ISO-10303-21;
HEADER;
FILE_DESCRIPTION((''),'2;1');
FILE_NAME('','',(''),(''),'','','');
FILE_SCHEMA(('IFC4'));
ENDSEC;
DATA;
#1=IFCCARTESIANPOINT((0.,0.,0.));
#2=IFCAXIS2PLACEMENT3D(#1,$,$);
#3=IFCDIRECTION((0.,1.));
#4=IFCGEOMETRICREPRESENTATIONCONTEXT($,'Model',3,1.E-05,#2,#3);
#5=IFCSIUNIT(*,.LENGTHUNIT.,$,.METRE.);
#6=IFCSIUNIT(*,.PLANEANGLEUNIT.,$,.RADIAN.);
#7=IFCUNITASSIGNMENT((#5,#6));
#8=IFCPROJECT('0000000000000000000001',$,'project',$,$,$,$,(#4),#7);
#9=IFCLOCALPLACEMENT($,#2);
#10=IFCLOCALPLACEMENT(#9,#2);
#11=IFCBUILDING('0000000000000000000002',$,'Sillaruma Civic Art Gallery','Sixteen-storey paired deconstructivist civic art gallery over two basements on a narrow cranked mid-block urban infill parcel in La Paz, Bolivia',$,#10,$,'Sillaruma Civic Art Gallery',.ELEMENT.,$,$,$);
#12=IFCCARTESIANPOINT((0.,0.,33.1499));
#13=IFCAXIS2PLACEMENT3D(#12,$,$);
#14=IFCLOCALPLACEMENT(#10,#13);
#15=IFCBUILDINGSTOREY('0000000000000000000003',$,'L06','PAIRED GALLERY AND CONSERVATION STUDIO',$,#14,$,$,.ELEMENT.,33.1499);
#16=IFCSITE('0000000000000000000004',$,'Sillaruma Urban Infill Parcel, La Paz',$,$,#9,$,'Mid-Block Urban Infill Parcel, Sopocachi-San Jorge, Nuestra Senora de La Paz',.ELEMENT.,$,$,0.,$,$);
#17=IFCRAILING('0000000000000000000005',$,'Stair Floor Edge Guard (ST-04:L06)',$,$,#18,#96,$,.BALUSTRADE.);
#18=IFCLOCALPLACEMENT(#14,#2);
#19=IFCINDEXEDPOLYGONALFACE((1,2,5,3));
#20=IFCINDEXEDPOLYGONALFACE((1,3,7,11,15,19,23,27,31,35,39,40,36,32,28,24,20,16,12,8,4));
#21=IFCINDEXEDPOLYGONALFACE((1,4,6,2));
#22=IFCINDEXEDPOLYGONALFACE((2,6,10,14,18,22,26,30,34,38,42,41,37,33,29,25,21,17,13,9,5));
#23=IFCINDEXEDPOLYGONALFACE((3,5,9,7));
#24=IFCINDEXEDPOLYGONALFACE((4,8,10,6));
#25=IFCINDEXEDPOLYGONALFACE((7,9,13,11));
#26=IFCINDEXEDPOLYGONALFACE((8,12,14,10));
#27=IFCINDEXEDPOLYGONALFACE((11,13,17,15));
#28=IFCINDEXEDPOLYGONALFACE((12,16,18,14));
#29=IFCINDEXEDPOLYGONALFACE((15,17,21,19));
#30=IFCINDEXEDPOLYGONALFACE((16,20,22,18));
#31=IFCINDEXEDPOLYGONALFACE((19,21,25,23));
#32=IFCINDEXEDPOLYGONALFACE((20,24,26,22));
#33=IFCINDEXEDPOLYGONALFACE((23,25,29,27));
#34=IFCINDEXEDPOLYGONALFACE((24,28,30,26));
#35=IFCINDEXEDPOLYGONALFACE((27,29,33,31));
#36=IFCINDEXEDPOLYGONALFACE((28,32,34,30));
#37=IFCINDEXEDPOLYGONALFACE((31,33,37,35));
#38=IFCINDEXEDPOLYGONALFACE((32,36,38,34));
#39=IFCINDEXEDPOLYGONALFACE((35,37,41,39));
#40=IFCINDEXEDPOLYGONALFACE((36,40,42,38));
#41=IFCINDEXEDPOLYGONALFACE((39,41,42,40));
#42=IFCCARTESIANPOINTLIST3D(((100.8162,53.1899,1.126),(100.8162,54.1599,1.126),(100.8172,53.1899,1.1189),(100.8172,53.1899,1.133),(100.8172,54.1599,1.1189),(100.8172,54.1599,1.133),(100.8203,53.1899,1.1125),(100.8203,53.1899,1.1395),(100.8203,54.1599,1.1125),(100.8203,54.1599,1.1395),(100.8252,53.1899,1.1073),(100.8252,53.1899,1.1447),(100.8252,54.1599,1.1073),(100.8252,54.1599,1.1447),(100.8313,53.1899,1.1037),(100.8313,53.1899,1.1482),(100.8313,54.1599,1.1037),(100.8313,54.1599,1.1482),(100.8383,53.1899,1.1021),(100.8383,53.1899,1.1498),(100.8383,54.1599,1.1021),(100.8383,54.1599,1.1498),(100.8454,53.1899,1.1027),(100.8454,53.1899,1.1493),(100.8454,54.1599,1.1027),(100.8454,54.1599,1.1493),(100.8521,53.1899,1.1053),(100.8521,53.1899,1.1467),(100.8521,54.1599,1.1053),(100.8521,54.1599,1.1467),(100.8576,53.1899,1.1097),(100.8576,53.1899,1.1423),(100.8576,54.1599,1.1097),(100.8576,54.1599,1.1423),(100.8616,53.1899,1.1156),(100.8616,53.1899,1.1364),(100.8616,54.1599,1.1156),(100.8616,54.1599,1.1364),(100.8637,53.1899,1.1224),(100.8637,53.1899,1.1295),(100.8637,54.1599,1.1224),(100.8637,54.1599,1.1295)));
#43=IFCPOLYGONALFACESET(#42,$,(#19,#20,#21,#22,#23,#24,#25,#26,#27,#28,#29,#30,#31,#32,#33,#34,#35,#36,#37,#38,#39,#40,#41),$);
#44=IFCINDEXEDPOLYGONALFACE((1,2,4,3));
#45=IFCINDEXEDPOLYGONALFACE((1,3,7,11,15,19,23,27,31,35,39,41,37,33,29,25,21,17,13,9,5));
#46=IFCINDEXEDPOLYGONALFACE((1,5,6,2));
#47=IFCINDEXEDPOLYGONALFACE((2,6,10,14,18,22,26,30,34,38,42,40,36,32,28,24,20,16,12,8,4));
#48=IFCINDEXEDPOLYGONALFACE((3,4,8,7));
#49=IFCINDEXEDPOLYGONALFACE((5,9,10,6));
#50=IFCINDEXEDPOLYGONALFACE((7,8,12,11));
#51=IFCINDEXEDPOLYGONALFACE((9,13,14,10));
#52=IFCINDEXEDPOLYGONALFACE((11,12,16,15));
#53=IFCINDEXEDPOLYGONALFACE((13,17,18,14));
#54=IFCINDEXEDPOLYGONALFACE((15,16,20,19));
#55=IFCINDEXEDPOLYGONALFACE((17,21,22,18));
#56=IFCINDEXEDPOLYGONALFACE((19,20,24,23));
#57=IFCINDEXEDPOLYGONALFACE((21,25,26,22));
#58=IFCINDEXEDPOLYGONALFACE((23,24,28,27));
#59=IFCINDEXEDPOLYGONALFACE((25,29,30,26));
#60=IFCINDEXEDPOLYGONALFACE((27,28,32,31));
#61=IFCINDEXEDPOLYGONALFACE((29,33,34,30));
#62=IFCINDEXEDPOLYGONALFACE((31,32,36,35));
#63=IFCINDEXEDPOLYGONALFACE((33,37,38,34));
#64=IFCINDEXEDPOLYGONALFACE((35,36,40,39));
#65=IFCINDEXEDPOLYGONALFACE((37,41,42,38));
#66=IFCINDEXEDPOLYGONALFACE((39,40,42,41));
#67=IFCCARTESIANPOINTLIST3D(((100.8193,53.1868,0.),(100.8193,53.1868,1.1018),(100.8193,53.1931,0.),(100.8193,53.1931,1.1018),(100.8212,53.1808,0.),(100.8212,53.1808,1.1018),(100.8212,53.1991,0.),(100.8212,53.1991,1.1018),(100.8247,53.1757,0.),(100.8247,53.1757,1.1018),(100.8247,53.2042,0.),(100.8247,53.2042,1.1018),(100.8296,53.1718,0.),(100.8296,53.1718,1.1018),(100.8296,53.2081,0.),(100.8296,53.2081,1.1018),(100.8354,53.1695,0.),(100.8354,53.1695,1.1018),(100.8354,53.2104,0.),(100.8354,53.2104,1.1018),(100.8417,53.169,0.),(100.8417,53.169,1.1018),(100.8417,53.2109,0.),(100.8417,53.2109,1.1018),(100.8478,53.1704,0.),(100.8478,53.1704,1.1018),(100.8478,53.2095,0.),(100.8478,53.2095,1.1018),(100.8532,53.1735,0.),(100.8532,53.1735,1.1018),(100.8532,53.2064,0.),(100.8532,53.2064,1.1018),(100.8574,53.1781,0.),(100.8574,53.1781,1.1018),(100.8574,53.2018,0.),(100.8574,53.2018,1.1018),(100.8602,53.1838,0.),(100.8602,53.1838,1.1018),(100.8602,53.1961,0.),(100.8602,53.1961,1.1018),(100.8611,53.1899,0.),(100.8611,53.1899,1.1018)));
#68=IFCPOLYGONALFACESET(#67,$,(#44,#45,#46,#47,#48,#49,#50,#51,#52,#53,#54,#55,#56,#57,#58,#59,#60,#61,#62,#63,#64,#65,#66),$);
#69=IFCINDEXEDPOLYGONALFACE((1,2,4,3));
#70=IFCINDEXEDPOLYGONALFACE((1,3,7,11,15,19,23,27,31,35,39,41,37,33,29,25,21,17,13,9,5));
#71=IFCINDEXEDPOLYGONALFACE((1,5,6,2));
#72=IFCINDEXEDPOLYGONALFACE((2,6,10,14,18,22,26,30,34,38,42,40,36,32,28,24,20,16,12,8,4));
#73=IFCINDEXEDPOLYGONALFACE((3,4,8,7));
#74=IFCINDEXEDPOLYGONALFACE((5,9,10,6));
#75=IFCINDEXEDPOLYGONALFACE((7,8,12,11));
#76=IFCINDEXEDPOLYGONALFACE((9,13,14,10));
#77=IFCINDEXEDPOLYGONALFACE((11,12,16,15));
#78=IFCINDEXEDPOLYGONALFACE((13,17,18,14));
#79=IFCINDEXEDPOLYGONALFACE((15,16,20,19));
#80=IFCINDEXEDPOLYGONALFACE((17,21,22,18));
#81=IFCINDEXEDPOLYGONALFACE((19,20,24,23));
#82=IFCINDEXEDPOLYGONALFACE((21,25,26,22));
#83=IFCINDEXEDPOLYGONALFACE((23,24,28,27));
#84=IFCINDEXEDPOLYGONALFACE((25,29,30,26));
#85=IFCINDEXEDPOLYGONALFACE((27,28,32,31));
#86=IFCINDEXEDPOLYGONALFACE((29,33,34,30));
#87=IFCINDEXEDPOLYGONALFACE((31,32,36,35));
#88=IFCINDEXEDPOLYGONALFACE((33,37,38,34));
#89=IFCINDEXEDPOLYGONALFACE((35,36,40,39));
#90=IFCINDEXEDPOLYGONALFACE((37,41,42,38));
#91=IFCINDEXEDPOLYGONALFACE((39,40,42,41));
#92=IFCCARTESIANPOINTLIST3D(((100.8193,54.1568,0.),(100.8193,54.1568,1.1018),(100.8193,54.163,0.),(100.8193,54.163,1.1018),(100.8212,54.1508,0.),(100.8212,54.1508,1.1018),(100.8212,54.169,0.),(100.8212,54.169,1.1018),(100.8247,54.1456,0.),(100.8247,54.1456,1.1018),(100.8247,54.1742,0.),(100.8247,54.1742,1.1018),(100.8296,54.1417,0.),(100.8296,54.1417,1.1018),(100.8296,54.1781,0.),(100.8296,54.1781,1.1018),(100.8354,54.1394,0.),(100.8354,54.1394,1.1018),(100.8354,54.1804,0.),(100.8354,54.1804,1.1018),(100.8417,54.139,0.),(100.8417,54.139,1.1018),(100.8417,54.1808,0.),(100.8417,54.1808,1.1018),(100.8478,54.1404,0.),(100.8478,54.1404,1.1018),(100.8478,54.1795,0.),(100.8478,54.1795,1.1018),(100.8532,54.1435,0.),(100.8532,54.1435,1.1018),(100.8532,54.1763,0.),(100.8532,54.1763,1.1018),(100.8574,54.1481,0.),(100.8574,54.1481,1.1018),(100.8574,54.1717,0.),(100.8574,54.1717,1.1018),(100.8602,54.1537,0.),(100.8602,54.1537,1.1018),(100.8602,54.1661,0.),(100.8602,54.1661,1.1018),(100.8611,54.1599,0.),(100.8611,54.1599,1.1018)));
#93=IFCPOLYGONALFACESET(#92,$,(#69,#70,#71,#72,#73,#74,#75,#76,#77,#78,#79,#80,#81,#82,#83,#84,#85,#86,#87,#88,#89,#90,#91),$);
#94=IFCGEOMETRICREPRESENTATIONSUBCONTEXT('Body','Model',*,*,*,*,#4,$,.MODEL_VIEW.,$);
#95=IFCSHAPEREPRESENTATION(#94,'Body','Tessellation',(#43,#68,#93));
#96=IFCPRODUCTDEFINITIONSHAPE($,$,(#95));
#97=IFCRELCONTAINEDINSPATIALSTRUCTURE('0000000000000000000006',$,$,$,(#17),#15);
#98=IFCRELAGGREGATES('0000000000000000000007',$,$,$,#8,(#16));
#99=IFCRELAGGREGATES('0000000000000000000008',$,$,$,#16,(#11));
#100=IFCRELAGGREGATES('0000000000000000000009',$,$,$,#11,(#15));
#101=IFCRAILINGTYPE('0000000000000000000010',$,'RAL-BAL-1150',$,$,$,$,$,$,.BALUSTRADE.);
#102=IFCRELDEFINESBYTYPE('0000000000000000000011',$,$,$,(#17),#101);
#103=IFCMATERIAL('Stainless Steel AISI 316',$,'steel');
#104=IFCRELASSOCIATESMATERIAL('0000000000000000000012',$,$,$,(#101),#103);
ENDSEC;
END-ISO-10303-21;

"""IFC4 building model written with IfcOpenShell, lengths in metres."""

from ifc_helpers import new_model, si_unit, direction, frame, origin, origin_2d, place, context, subcontext, project, spatial, circle, extrude, material, type_object, element, save


model = new_model("IFC4")

# Units and contexts
model_context = context("Model", 3, precision=1e-05, world=origin(), true_north=direction((0.0, 1.0)))
body_context = subcontext(model_context, "Body", "Model", "MODEL_VIEW")
ifc_project = project(units=[si_unit("LENGTHUNIT", "METRE"), si_unit("PLANEANGLEUNIT", "RADIAN")], contexts=[model_context])

# Site, building, storey
site_placement = place(None, origin())
site = spatial("IfcSite", under=ifc_project, at=site_placement, Name="Sillaruma Urban Infill Parcel, La Paz", LongName="Mid-Block Urban Infill Parcel, Sopocachi-San Jorge, Nuestra Senora de La Paz", CompositionType="ELEMENT", RefElevation=0.0)
building_placement = place(site_placement, origin())
building = spatial("IfcBuilding", under=site, at=building_placement, Name="Sillaruma Civic Art Gallery", Description="Sixteen-storey paired deconstructivist civic art gallery over two basements on a narrow cranked mid-block urban infill parcel in La Paz, Bolivia", LongName="Sillaruma Civic Art Gallery", CompositionType="ELEMENT")
storey_placement = place(building_placement, frame((0.0, 0.0, 33.1499)))
storey = spatial("IfcBuildingStorey", under=building, at=storey_placement, Name="L06", Description="PAIRED GALLERY AND CONSERVATION STUDIO", CompositionType="ELEMENT", Elevation=33.1499)

# Railing
ifc_material_1 = material(Name="Stainless Steel AISI 316", Category="steel")
railing_type_1 = type_object("IfcRailingType", Name="RAL-BAL-1150", PredefinedType="BALUSTRADE", material=ifc_material_1)
railing_1_placement = place(storey_placement, frame((100.8401, 53.1899, 0.0)))
element("IfcRailing", 1, at=railing_1_placement, inside=storey, type_object=railing_type_1, Name="Stair Floor Edge Guard (ST-04:L06)", PredefinedType="BALUSTRADE", context=body_context, shape_type="SweptSolid", body=[
    extrude(circle(Radius=0.0239, at=origin_2d()), frame((0.0, 0.0, 1.126), z_axis=(0.0, 1.0, 0.0), x_axis=(-1.0, 0.0, 0.0)), (0.0, 0.0, 1.0), 0.97),
    extrude(circle(Radius=0.021, at=origin_2d()), origin(), (0.0, 0.0, 1.0), 1.1018),
    extrude(circle(Radius=0.021, at=origin_2d()), frame((0.0, 0.97, 0.0)), (0.0, 0.0, 1.0), 1.1018),
])

save(model, "model.ifc")
